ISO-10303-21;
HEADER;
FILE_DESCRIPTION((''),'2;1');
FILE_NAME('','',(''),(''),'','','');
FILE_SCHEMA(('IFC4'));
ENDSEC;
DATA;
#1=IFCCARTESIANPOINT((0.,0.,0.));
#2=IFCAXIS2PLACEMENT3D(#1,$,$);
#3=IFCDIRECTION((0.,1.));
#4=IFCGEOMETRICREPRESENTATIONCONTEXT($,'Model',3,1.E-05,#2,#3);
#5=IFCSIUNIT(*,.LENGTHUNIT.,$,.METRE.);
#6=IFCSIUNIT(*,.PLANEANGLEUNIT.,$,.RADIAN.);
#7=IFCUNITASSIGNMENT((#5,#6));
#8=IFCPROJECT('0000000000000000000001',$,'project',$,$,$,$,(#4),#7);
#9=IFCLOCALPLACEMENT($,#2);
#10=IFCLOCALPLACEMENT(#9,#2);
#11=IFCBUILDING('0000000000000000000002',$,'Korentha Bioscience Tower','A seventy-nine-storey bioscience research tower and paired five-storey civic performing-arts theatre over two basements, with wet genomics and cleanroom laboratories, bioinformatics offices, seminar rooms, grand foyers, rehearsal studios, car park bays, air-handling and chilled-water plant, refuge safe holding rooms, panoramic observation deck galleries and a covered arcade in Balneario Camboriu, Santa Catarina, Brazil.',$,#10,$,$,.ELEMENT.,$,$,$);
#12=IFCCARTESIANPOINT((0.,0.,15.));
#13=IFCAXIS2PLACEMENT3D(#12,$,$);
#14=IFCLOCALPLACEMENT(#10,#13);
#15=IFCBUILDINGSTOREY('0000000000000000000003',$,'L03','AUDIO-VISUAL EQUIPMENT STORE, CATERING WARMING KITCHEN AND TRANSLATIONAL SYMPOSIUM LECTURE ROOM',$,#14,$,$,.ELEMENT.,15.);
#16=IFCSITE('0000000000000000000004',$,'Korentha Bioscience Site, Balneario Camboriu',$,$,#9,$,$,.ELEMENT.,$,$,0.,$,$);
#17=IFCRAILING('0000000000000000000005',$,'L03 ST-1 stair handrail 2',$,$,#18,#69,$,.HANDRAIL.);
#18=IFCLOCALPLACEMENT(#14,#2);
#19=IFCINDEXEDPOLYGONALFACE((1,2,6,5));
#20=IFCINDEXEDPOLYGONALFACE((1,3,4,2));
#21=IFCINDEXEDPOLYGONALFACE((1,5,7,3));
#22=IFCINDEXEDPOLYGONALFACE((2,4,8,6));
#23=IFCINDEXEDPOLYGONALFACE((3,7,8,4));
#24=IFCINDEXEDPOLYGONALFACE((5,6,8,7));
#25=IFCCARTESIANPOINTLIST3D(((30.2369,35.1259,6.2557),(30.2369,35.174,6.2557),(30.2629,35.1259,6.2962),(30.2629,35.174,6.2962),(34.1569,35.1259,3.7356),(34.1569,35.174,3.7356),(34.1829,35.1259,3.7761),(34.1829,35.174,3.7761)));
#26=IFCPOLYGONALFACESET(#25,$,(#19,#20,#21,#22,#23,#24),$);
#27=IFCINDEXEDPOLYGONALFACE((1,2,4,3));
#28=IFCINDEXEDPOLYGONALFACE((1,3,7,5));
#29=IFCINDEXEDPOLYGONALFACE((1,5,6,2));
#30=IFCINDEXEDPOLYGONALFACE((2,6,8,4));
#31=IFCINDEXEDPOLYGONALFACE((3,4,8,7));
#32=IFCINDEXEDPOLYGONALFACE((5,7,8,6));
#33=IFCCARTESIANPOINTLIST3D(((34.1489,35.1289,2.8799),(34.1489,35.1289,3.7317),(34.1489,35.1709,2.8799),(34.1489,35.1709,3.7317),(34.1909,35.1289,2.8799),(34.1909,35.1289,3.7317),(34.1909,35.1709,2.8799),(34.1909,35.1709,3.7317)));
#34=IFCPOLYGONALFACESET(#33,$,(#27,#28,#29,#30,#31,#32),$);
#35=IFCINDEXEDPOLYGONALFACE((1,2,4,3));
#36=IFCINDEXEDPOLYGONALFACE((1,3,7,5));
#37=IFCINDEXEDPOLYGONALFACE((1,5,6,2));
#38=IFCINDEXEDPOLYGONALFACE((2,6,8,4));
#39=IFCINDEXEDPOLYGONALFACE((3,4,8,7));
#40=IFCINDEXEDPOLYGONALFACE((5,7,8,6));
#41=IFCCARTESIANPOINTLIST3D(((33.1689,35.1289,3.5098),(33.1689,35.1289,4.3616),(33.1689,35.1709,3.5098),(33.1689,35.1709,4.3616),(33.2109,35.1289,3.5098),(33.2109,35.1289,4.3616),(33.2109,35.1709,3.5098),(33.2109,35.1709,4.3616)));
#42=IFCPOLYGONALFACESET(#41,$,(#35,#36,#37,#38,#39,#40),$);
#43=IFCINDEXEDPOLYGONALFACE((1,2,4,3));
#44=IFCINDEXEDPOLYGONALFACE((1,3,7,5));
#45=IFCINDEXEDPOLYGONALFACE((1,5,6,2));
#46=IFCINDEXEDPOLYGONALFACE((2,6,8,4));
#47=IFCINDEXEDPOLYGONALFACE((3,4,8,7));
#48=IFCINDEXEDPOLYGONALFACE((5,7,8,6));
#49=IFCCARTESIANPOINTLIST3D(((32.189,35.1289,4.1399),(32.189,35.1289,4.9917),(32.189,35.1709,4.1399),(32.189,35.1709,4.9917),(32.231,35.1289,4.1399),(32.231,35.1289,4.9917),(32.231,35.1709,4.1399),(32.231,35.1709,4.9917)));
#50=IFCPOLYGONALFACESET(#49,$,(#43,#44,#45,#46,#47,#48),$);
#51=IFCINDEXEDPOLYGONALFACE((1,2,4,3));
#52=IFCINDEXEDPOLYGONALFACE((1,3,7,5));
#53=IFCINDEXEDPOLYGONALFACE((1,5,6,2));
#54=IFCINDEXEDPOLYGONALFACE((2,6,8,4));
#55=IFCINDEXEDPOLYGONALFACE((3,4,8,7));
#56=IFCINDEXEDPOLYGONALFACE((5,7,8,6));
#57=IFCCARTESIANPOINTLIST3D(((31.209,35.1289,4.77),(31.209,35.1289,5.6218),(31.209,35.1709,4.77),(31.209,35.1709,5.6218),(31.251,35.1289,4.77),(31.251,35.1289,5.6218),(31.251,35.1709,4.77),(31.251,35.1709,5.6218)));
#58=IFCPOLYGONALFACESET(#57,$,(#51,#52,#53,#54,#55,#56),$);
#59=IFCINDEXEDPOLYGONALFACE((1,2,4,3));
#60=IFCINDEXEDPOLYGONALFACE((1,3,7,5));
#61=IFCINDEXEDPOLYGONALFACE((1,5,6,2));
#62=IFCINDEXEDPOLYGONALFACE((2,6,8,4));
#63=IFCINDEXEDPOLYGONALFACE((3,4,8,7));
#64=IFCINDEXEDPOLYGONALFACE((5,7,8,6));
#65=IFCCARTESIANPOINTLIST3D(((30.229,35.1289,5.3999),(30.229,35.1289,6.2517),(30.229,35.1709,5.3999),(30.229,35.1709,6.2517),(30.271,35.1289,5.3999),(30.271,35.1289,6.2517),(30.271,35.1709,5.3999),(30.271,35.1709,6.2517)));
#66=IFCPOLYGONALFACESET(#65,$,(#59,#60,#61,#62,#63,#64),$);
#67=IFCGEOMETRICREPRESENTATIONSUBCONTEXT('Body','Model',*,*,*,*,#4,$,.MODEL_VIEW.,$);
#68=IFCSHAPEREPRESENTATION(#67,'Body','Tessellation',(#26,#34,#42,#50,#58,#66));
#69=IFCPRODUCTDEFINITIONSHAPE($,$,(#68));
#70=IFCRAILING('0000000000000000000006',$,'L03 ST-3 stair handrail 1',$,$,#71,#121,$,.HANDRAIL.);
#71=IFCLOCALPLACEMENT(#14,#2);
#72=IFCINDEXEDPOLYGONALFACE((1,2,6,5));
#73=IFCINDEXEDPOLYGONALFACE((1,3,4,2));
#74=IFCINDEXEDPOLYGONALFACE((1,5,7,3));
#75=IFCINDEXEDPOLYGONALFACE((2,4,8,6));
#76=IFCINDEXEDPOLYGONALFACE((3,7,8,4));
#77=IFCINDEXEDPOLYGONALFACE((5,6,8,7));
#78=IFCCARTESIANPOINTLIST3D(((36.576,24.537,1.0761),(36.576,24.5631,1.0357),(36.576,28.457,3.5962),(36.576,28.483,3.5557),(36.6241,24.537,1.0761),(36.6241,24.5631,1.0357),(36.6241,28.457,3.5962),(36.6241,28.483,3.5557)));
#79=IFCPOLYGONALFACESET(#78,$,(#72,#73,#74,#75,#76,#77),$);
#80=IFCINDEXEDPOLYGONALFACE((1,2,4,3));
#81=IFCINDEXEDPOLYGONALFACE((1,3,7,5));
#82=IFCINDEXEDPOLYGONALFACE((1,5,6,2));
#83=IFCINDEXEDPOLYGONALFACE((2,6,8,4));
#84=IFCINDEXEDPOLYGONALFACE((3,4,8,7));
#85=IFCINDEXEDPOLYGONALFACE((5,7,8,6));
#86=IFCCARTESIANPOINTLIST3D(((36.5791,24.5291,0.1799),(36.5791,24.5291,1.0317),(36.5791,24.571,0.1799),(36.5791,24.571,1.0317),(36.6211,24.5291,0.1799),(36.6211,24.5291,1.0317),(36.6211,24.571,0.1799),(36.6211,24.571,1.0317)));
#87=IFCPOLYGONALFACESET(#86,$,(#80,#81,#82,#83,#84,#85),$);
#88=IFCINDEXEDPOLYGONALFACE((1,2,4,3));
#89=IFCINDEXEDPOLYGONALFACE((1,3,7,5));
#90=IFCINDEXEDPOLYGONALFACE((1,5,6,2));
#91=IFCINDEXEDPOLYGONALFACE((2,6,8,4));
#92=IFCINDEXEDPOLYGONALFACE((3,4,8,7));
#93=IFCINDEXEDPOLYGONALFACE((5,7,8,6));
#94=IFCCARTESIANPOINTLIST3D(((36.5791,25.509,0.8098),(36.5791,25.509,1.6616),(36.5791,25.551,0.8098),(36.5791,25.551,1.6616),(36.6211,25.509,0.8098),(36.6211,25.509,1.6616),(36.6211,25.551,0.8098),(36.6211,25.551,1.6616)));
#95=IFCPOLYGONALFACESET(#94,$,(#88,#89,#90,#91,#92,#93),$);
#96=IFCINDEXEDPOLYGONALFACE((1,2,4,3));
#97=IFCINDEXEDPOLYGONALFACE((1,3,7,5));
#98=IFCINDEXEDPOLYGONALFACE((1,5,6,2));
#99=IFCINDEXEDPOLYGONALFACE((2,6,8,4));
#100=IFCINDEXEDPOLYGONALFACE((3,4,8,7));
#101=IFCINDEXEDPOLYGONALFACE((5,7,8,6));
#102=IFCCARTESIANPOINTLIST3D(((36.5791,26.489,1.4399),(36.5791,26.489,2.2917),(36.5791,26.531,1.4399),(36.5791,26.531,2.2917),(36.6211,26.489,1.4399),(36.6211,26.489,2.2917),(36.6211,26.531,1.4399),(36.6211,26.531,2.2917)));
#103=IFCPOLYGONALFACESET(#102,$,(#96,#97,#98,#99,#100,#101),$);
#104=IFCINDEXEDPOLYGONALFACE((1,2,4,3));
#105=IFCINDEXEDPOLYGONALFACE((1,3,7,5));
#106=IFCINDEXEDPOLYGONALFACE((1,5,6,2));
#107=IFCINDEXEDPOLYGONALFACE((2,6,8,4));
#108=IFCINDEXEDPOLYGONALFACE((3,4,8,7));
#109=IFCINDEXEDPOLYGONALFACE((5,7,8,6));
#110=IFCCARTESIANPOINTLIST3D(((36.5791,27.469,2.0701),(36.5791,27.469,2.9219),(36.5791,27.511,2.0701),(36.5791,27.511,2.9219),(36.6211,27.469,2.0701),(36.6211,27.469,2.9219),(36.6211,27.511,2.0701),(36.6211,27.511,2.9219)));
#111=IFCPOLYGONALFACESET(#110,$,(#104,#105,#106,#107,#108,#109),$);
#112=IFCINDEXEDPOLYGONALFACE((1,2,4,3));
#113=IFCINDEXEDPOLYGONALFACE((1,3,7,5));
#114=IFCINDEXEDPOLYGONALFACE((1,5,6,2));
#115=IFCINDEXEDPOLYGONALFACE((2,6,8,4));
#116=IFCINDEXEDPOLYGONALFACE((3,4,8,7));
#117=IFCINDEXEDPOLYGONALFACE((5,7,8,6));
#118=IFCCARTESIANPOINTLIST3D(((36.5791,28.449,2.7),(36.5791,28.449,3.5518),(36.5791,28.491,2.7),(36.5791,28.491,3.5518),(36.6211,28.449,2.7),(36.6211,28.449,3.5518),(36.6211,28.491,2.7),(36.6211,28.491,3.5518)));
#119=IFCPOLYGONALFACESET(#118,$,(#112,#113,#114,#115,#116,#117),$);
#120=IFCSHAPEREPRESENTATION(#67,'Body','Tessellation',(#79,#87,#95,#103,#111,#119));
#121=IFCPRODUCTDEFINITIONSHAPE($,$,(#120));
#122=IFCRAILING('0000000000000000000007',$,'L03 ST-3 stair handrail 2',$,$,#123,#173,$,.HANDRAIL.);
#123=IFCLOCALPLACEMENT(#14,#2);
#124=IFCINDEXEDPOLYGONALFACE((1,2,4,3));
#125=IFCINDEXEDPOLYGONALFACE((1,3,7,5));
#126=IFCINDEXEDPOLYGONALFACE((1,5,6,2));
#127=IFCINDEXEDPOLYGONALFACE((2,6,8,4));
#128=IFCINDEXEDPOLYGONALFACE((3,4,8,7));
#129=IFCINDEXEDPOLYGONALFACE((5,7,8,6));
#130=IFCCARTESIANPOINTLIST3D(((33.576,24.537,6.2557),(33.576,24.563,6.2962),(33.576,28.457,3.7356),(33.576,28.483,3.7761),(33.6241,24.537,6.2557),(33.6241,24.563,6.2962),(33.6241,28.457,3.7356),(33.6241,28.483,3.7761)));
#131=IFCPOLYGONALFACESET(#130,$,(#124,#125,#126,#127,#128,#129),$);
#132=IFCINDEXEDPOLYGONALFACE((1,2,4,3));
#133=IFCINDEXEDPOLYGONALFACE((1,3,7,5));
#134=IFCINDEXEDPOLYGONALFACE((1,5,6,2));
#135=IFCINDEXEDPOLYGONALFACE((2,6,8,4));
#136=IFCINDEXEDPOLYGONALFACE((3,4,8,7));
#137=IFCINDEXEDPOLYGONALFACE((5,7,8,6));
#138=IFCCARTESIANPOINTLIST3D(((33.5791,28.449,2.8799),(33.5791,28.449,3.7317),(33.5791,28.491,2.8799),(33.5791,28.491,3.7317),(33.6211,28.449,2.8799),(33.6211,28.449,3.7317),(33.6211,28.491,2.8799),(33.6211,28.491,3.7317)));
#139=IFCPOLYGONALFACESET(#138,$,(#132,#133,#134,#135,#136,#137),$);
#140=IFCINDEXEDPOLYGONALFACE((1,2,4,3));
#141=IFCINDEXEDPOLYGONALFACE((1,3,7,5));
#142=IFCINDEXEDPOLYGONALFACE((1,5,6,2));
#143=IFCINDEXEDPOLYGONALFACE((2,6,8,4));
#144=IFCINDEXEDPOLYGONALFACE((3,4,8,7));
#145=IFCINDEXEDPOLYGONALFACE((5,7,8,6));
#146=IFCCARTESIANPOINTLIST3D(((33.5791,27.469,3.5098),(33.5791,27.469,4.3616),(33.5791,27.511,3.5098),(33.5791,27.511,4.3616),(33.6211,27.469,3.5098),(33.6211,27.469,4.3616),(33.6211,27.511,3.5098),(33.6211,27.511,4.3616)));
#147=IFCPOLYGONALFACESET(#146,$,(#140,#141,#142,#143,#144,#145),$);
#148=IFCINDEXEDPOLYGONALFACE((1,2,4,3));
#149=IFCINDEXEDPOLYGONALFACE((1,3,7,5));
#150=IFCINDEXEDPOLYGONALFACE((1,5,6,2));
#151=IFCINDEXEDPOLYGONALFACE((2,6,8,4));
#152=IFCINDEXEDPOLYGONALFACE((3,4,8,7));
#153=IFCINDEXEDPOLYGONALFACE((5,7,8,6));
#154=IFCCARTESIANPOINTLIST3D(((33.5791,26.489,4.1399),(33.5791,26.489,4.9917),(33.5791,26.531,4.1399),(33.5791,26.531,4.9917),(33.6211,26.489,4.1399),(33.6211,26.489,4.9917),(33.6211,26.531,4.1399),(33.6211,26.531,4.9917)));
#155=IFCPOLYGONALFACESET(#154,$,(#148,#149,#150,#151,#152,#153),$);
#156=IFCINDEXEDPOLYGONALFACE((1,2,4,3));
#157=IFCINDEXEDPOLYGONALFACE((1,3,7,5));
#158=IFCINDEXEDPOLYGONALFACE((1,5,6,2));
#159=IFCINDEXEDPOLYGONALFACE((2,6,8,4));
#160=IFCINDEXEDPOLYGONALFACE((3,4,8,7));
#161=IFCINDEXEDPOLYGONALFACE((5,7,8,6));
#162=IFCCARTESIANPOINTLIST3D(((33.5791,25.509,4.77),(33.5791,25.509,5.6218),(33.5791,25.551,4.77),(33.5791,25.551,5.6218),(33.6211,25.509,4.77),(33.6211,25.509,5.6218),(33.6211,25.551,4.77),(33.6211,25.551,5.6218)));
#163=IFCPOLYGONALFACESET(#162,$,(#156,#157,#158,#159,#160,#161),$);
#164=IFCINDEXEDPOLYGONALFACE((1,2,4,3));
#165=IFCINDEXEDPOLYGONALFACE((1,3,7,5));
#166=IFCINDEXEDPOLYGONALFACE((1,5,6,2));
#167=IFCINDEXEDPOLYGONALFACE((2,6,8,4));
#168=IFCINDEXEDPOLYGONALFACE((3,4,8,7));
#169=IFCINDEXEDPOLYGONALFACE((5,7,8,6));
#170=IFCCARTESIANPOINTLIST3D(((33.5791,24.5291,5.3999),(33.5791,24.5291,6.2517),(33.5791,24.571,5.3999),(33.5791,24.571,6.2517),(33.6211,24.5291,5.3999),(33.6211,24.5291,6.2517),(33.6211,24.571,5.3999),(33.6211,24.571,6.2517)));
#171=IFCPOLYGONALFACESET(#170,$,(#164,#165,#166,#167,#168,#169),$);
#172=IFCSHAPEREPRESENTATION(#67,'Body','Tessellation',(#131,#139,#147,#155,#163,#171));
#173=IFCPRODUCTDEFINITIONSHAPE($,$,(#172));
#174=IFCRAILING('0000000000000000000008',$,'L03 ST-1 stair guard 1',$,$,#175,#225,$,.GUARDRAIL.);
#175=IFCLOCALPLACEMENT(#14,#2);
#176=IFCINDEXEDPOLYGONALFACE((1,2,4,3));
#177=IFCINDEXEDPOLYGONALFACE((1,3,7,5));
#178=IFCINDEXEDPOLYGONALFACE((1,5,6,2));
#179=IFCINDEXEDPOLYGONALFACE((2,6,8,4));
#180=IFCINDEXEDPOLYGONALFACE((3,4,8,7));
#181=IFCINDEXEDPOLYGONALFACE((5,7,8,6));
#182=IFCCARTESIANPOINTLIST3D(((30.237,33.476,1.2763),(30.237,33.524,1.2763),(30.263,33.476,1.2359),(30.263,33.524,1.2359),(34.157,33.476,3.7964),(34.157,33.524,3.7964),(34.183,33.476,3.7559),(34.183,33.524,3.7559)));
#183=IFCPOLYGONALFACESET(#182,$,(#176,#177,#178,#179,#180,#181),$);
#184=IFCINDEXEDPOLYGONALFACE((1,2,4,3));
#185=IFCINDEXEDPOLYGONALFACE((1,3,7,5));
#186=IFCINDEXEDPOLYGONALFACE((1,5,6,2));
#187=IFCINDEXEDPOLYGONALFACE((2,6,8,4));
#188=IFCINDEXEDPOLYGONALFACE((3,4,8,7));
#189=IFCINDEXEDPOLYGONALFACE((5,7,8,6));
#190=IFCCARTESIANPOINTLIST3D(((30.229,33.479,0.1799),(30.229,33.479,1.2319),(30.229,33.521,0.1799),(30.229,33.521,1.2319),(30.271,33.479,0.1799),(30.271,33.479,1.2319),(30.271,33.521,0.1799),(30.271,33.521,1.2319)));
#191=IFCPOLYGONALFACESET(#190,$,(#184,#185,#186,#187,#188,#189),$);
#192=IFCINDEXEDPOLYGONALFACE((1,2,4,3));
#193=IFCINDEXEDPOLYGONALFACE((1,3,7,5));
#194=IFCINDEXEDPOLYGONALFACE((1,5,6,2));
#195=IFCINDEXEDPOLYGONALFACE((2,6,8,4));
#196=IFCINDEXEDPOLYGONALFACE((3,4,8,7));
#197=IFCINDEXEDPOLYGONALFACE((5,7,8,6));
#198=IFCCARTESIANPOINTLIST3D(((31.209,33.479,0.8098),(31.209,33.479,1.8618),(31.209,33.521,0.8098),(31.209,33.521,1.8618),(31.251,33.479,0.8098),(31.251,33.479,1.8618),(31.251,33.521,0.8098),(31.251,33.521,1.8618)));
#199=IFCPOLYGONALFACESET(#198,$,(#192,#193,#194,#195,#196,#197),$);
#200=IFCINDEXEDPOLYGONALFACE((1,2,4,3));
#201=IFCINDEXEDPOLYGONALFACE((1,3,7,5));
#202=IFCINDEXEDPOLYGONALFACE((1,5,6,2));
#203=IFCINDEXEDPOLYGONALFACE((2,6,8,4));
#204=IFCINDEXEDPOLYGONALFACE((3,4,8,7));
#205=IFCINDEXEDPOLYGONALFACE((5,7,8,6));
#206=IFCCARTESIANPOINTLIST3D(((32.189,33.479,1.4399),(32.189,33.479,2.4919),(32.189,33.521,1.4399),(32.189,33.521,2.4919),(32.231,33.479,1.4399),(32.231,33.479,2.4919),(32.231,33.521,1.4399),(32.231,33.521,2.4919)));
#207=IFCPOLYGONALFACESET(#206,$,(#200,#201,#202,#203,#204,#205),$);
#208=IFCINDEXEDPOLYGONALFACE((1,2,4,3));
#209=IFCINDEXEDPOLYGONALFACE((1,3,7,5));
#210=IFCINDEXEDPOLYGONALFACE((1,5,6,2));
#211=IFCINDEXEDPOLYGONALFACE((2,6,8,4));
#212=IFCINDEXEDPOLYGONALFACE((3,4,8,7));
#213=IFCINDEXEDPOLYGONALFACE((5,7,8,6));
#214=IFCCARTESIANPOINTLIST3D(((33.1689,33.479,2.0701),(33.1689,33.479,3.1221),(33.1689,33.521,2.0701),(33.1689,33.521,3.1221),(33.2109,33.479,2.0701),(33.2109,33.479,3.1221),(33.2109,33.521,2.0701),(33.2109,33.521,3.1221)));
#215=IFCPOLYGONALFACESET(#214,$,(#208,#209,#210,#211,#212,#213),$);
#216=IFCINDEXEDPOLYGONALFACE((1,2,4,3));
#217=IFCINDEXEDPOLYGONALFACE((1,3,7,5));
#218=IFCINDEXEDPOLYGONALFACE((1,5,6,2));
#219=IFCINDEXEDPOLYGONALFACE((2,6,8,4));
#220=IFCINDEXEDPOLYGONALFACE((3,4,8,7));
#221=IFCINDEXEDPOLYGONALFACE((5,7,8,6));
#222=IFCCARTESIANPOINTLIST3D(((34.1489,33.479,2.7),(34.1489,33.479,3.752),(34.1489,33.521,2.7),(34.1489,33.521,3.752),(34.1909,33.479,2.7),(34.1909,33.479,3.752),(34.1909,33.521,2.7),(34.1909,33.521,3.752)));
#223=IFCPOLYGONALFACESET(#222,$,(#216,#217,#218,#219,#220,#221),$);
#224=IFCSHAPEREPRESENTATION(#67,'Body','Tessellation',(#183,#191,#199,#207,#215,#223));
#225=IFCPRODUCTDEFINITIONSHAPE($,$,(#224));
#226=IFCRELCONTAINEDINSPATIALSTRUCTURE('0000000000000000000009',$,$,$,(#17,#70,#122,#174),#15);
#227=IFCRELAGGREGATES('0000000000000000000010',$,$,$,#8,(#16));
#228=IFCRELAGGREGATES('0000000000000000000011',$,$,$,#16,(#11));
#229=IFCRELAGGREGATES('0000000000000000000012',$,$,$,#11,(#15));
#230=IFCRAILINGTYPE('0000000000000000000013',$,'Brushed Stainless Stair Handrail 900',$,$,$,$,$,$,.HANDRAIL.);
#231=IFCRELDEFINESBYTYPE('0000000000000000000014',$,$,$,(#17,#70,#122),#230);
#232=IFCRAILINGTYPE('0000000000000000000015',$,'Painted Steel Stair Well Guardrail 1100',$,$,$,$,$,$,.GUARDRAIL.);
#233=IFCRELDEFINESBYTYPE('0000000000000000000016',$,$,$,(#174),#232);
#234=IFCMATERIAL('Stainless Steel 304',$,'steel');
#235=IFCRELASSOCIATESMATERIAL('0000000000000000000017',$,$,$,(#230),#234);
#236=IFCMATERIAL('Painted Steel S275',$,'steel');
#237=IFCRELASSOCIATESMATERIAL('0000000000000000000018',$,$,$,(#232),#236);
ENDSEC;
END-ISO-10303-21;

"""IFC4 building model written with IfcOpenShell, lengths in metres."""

from ifc_helpers import new_model, si_unit, direction, frame, origin, origin_2d, place, context, subcontext, project, spatial, rectangle, extrude, material, type_object, element, save


model = new_model("IFC4")

# Units and contexts
model_context = context("Model", 3, precision=1e-05, world=origin(), true_north=direction((0.0, 1.0)))
body_context = subcontext(model_context, "Body", "Model", "MODEL_VIEW")
ifc_project = project(units=[si_unit("LENGTHUNIT", "METRE"), si_unit("PLANEANGLEUNIT", "RADIAN")], contexts=[model_context])

# Site, building, storey
site_placement = place(None, origin())
site = spatial("IfcSite", under=ifc_project, at=site_placement, Name="Korentha Bioscience Site, Balneario Camboriu", CompositionType="ELEMENT", RefElevation=0.0)
building_placement = place(site_placement, origin())
building = spatial("IfcBuilding", under=site, at=building_placement, Name="Korentha Bioscience Tower", Description="A seventy-nine-storey bioscience research tower and paired five-storey civic performing-arts theatre over two basements, with wet genomics and cleanroom laboratories, bioinformatics offices, seminar rooms, grand foyers, rehearsal studios, car park bays, air-handling and chilled-water plant, refuge safe holding rooms, panoramic observation deck galleries and a covered arcade in Balneario Camboriu, Santa Catarina, Brazil.", CompositionType="ELEMENT")
storey_placement = place(building_placement, frame((0.0, 0.0, 15.0)))
storey = spatial("IfcBuildingStorey", under=building, at=storey_placement, Name="L03", Description="AUDIO-VISUAL EQUIPMENT STORE, CATERING WARMING KITCHEN AND TRANSLATIONAL SYMPOSIUM LECTURE ROOM", CompositionType="ELEMENT", Elevation=15.0)

# Railings
ifc_material_1 = material(Name="Stainless Steel 304", Category="steel")
railing_type_1 = type_object("IfcRailingType", Name="Brushed Stainless Stair Handrail 900", PredefinedType="HANDRAIL", material=ifc_material_1)
railing_1_placement = place(storey_placement, frame((34.1699, 35.1499, 2.8799)))
element("IfcRailing", 1, at=railing_1_placement, inside=storey, type_object=railing_type_1, Name="L03 ST-1 stair handrail 2", PredefinedType="HANDRAIL", context=body_context, shape_type="SweptSolid", body=[
    extrude(rectangle(XDim=0.0481, YDim=0.0481, at=origin_2d()), frame((0.0, 0.0, 0.876), z_axis=(-0.841172, 0.0, 0.540768), x_axis=(0.0, -1.0, 0.0)), (0.0, 0.0, 1.0), 4.6602),
    extrude(rectangle(XDim=0.042, YDim=0.042, at=origin_2d()), origin(), (0.0, 0.0, 1.0), 0.8518),
    extrude(rectangle(XDim=0.042, YDim=0.042, at=origin_2d()), frame((-0.98, 0.0, 0.6299)), (0.0, 0.0, 1.0), 0.8518),
    extrude(rectangle(XDim=0.042, YDim=0.042, at=origin_2d()), frame((-1.96, 0.0, 1.26)), (0.0, 0.0, 1.0), 0.8518),
    extrude(rectangle(XDim=0.042, YDim=0.042, at=origin_2d()), frame((-2.9399, 0.0, 1.8901)), (0.0, 0.0, 1.0), 0.8518),
    extrude(rectangle(XDim=0.042, YDim=0.042, at=origin_2d()), frame((-3.9199, 0.0, 2.52)), (0.0, 0.0, 1.0), 0.8518),
])
railing_2_placement = place(storey_placement, frame((36.6001, 24.55, 0.1799)))
element("IfcRailing", 2, at=railing_2_placement, inside=storey, type_object=railing_type_1, Name="L03 ST-3 stair handrail 1", PredefinedType="HANDRAIL", context=body_context, shape_type="SweptSolid", body=[
    extrude(rectangle(XDim=0.0481, YDim=0.0481, at=origin_2d()), frame((0.0, 0.0, 0.876), z_axis=(0.0, 0.841172, 0.540768), x_axis=(-1.0, 0.0, 0.0)), (0.0, 0.0, 1.0), 4.6602),
    extrude(rectangle(XDim=0.042, YDim=0.042, at=origin_2d()), origin(), (0.0, 0.0, 1.0), 0.8518),
    extrude(rectangle(XDim=0.042, YDim=0.042, at=origin_2d()), frame((0.0, 0.98, 0.6299)), (0.0, 0.0, 1.0), 0.8518),
    extrude(rectangle(XDim=0.042, YDim=0.042, at=origin_2d()), frame((0.0, 1.96, 1.26)), (0.0, 0.0, 1.0), 0.8518),
    extrude(rectangle(XDim=0.042, YDim=0.042, at=origin_2d()), frame((0.0, 2.9399, 1.8901)), (0.0, 0.0, 1.0), 0.8518),
    extrude(rectangle(XDim=0.042, YDim=0.042, at=origin_2d()), frame((0.0, 3.9199, 2.52)), (0.0, 0.0, 1.0), 0.8518),
])
railing_3_placement = place(storey_placement, frame((33.6001, 28.47, 2.8799)))
element("IfcRailing", 3, at=railing_3_placement, inside=storey, type_object=railing_type_1, Name="L03 ST-3 stair handrail 2", PredefinedType="HANDRAIL", context=body_context, shape_type="SweptSolid", body=[
    extrude(rectangle(XDim=0.0481, YDim=0.0481, at=origin_2d()), frame((0.0, 0.0, 0.876), z_axis=(0.0, -0.841172, 0.540768), x_axis=(1.0, 0.0, 0.0)), (0.0, 0.0, 1.0), 4.6602),
    extrude(rectangle(XDim=0.042, YDim=0.042, at=origin_2d()), origin(), (0.0, 0.0, 1.0), 0.8518),
    extrude(rectangle(XDim=0.042, YDim=0.042, at=origin_2d()), frame((0.0, -0.98, 0.6299)), (0.0, 0.0, 1.0), 0.8518),
    extrude(rectangle(XDim=0.042, YDim=0.042, at=origin_2d()), frame((0.0, -1.96, 1.26)), (0.0, 0.0, 1.0), 0.8518),
    extrude(rectangle(XDim=0.042, YDim=0.042, at=origin_2d()), frame((0.0, -2.9399, 1.8901)), (0.0, 0.0, 1.0), 0.8518),
    extrude(rectangle(XDim=0.042, YDim=0.042, at=origin_2d()), frame((0.0, -3.9199, 2.52)), (0.0, 0.0, 1.0), 0.8518),
])
ifc_material_2 = material(Name="Painted Steel S275", Category="steel")
railing_type_2 = type_object("IfcRailingType", Name="Painted Steel Stair Well Guardrail 1100", PredefinedType="GUARDRAIL", material=ifc_material_2)
railing_4_placement = place(storey_placement, frame((30.25, 33.5, 0.1799)))
element("IfcRailing", 4, at=railing_4_placement, inside=storey, type_object=railing_type_2, Name="L03 ST-1 stair guard 1", PredefinedType="GUARDRAIL", context=body_context, shape_type="SweptSolid", body=[
    extrude(rectangle(XDim=0.0481, YDim=0.0481, at=origin_2d()), frame((0.0, 0.0, 1.0762), z_axis=(0.841172, 0.0, 0.540768), x_axis=(0.0, 1.0, 0.0)), (0.0, 0.0, 1.0), 4.6602),
    extrude(rectangle(XDim=0.042, YDim=0.042, at=origin_2d()), origin(), (0.0, 0.0, 1.0), 1.052),
    extrude(rectangle(XDim=0.042, YDim=0.042, at=origin_2d()), frame((0.98, 0.0, 0.6299)), (0.0, 0.0, 1.0), 1.052),
    extrude(rectangle(XDim=0.042, YDim=0.042, at=origin_2d()), frame((1.96, 0.0, 1.26)), (0.0, 0.0, 1.0), 1.052),
    extrude(rectangle(XDim=0.042, YDim=0.042, at=origin_2d()), frame((2.9399, 0.0, 1.8901)), (0.0, 0.0, 1.0), 1.052),
    extrude(rectangle(XDim=0.042, YDim=0.042, at=origin_2d()), frame((3.9199, 0.0, 2.52)), (0.0, 0.0, 1.0), 1.052),
])

save(model, "model.ifc")
